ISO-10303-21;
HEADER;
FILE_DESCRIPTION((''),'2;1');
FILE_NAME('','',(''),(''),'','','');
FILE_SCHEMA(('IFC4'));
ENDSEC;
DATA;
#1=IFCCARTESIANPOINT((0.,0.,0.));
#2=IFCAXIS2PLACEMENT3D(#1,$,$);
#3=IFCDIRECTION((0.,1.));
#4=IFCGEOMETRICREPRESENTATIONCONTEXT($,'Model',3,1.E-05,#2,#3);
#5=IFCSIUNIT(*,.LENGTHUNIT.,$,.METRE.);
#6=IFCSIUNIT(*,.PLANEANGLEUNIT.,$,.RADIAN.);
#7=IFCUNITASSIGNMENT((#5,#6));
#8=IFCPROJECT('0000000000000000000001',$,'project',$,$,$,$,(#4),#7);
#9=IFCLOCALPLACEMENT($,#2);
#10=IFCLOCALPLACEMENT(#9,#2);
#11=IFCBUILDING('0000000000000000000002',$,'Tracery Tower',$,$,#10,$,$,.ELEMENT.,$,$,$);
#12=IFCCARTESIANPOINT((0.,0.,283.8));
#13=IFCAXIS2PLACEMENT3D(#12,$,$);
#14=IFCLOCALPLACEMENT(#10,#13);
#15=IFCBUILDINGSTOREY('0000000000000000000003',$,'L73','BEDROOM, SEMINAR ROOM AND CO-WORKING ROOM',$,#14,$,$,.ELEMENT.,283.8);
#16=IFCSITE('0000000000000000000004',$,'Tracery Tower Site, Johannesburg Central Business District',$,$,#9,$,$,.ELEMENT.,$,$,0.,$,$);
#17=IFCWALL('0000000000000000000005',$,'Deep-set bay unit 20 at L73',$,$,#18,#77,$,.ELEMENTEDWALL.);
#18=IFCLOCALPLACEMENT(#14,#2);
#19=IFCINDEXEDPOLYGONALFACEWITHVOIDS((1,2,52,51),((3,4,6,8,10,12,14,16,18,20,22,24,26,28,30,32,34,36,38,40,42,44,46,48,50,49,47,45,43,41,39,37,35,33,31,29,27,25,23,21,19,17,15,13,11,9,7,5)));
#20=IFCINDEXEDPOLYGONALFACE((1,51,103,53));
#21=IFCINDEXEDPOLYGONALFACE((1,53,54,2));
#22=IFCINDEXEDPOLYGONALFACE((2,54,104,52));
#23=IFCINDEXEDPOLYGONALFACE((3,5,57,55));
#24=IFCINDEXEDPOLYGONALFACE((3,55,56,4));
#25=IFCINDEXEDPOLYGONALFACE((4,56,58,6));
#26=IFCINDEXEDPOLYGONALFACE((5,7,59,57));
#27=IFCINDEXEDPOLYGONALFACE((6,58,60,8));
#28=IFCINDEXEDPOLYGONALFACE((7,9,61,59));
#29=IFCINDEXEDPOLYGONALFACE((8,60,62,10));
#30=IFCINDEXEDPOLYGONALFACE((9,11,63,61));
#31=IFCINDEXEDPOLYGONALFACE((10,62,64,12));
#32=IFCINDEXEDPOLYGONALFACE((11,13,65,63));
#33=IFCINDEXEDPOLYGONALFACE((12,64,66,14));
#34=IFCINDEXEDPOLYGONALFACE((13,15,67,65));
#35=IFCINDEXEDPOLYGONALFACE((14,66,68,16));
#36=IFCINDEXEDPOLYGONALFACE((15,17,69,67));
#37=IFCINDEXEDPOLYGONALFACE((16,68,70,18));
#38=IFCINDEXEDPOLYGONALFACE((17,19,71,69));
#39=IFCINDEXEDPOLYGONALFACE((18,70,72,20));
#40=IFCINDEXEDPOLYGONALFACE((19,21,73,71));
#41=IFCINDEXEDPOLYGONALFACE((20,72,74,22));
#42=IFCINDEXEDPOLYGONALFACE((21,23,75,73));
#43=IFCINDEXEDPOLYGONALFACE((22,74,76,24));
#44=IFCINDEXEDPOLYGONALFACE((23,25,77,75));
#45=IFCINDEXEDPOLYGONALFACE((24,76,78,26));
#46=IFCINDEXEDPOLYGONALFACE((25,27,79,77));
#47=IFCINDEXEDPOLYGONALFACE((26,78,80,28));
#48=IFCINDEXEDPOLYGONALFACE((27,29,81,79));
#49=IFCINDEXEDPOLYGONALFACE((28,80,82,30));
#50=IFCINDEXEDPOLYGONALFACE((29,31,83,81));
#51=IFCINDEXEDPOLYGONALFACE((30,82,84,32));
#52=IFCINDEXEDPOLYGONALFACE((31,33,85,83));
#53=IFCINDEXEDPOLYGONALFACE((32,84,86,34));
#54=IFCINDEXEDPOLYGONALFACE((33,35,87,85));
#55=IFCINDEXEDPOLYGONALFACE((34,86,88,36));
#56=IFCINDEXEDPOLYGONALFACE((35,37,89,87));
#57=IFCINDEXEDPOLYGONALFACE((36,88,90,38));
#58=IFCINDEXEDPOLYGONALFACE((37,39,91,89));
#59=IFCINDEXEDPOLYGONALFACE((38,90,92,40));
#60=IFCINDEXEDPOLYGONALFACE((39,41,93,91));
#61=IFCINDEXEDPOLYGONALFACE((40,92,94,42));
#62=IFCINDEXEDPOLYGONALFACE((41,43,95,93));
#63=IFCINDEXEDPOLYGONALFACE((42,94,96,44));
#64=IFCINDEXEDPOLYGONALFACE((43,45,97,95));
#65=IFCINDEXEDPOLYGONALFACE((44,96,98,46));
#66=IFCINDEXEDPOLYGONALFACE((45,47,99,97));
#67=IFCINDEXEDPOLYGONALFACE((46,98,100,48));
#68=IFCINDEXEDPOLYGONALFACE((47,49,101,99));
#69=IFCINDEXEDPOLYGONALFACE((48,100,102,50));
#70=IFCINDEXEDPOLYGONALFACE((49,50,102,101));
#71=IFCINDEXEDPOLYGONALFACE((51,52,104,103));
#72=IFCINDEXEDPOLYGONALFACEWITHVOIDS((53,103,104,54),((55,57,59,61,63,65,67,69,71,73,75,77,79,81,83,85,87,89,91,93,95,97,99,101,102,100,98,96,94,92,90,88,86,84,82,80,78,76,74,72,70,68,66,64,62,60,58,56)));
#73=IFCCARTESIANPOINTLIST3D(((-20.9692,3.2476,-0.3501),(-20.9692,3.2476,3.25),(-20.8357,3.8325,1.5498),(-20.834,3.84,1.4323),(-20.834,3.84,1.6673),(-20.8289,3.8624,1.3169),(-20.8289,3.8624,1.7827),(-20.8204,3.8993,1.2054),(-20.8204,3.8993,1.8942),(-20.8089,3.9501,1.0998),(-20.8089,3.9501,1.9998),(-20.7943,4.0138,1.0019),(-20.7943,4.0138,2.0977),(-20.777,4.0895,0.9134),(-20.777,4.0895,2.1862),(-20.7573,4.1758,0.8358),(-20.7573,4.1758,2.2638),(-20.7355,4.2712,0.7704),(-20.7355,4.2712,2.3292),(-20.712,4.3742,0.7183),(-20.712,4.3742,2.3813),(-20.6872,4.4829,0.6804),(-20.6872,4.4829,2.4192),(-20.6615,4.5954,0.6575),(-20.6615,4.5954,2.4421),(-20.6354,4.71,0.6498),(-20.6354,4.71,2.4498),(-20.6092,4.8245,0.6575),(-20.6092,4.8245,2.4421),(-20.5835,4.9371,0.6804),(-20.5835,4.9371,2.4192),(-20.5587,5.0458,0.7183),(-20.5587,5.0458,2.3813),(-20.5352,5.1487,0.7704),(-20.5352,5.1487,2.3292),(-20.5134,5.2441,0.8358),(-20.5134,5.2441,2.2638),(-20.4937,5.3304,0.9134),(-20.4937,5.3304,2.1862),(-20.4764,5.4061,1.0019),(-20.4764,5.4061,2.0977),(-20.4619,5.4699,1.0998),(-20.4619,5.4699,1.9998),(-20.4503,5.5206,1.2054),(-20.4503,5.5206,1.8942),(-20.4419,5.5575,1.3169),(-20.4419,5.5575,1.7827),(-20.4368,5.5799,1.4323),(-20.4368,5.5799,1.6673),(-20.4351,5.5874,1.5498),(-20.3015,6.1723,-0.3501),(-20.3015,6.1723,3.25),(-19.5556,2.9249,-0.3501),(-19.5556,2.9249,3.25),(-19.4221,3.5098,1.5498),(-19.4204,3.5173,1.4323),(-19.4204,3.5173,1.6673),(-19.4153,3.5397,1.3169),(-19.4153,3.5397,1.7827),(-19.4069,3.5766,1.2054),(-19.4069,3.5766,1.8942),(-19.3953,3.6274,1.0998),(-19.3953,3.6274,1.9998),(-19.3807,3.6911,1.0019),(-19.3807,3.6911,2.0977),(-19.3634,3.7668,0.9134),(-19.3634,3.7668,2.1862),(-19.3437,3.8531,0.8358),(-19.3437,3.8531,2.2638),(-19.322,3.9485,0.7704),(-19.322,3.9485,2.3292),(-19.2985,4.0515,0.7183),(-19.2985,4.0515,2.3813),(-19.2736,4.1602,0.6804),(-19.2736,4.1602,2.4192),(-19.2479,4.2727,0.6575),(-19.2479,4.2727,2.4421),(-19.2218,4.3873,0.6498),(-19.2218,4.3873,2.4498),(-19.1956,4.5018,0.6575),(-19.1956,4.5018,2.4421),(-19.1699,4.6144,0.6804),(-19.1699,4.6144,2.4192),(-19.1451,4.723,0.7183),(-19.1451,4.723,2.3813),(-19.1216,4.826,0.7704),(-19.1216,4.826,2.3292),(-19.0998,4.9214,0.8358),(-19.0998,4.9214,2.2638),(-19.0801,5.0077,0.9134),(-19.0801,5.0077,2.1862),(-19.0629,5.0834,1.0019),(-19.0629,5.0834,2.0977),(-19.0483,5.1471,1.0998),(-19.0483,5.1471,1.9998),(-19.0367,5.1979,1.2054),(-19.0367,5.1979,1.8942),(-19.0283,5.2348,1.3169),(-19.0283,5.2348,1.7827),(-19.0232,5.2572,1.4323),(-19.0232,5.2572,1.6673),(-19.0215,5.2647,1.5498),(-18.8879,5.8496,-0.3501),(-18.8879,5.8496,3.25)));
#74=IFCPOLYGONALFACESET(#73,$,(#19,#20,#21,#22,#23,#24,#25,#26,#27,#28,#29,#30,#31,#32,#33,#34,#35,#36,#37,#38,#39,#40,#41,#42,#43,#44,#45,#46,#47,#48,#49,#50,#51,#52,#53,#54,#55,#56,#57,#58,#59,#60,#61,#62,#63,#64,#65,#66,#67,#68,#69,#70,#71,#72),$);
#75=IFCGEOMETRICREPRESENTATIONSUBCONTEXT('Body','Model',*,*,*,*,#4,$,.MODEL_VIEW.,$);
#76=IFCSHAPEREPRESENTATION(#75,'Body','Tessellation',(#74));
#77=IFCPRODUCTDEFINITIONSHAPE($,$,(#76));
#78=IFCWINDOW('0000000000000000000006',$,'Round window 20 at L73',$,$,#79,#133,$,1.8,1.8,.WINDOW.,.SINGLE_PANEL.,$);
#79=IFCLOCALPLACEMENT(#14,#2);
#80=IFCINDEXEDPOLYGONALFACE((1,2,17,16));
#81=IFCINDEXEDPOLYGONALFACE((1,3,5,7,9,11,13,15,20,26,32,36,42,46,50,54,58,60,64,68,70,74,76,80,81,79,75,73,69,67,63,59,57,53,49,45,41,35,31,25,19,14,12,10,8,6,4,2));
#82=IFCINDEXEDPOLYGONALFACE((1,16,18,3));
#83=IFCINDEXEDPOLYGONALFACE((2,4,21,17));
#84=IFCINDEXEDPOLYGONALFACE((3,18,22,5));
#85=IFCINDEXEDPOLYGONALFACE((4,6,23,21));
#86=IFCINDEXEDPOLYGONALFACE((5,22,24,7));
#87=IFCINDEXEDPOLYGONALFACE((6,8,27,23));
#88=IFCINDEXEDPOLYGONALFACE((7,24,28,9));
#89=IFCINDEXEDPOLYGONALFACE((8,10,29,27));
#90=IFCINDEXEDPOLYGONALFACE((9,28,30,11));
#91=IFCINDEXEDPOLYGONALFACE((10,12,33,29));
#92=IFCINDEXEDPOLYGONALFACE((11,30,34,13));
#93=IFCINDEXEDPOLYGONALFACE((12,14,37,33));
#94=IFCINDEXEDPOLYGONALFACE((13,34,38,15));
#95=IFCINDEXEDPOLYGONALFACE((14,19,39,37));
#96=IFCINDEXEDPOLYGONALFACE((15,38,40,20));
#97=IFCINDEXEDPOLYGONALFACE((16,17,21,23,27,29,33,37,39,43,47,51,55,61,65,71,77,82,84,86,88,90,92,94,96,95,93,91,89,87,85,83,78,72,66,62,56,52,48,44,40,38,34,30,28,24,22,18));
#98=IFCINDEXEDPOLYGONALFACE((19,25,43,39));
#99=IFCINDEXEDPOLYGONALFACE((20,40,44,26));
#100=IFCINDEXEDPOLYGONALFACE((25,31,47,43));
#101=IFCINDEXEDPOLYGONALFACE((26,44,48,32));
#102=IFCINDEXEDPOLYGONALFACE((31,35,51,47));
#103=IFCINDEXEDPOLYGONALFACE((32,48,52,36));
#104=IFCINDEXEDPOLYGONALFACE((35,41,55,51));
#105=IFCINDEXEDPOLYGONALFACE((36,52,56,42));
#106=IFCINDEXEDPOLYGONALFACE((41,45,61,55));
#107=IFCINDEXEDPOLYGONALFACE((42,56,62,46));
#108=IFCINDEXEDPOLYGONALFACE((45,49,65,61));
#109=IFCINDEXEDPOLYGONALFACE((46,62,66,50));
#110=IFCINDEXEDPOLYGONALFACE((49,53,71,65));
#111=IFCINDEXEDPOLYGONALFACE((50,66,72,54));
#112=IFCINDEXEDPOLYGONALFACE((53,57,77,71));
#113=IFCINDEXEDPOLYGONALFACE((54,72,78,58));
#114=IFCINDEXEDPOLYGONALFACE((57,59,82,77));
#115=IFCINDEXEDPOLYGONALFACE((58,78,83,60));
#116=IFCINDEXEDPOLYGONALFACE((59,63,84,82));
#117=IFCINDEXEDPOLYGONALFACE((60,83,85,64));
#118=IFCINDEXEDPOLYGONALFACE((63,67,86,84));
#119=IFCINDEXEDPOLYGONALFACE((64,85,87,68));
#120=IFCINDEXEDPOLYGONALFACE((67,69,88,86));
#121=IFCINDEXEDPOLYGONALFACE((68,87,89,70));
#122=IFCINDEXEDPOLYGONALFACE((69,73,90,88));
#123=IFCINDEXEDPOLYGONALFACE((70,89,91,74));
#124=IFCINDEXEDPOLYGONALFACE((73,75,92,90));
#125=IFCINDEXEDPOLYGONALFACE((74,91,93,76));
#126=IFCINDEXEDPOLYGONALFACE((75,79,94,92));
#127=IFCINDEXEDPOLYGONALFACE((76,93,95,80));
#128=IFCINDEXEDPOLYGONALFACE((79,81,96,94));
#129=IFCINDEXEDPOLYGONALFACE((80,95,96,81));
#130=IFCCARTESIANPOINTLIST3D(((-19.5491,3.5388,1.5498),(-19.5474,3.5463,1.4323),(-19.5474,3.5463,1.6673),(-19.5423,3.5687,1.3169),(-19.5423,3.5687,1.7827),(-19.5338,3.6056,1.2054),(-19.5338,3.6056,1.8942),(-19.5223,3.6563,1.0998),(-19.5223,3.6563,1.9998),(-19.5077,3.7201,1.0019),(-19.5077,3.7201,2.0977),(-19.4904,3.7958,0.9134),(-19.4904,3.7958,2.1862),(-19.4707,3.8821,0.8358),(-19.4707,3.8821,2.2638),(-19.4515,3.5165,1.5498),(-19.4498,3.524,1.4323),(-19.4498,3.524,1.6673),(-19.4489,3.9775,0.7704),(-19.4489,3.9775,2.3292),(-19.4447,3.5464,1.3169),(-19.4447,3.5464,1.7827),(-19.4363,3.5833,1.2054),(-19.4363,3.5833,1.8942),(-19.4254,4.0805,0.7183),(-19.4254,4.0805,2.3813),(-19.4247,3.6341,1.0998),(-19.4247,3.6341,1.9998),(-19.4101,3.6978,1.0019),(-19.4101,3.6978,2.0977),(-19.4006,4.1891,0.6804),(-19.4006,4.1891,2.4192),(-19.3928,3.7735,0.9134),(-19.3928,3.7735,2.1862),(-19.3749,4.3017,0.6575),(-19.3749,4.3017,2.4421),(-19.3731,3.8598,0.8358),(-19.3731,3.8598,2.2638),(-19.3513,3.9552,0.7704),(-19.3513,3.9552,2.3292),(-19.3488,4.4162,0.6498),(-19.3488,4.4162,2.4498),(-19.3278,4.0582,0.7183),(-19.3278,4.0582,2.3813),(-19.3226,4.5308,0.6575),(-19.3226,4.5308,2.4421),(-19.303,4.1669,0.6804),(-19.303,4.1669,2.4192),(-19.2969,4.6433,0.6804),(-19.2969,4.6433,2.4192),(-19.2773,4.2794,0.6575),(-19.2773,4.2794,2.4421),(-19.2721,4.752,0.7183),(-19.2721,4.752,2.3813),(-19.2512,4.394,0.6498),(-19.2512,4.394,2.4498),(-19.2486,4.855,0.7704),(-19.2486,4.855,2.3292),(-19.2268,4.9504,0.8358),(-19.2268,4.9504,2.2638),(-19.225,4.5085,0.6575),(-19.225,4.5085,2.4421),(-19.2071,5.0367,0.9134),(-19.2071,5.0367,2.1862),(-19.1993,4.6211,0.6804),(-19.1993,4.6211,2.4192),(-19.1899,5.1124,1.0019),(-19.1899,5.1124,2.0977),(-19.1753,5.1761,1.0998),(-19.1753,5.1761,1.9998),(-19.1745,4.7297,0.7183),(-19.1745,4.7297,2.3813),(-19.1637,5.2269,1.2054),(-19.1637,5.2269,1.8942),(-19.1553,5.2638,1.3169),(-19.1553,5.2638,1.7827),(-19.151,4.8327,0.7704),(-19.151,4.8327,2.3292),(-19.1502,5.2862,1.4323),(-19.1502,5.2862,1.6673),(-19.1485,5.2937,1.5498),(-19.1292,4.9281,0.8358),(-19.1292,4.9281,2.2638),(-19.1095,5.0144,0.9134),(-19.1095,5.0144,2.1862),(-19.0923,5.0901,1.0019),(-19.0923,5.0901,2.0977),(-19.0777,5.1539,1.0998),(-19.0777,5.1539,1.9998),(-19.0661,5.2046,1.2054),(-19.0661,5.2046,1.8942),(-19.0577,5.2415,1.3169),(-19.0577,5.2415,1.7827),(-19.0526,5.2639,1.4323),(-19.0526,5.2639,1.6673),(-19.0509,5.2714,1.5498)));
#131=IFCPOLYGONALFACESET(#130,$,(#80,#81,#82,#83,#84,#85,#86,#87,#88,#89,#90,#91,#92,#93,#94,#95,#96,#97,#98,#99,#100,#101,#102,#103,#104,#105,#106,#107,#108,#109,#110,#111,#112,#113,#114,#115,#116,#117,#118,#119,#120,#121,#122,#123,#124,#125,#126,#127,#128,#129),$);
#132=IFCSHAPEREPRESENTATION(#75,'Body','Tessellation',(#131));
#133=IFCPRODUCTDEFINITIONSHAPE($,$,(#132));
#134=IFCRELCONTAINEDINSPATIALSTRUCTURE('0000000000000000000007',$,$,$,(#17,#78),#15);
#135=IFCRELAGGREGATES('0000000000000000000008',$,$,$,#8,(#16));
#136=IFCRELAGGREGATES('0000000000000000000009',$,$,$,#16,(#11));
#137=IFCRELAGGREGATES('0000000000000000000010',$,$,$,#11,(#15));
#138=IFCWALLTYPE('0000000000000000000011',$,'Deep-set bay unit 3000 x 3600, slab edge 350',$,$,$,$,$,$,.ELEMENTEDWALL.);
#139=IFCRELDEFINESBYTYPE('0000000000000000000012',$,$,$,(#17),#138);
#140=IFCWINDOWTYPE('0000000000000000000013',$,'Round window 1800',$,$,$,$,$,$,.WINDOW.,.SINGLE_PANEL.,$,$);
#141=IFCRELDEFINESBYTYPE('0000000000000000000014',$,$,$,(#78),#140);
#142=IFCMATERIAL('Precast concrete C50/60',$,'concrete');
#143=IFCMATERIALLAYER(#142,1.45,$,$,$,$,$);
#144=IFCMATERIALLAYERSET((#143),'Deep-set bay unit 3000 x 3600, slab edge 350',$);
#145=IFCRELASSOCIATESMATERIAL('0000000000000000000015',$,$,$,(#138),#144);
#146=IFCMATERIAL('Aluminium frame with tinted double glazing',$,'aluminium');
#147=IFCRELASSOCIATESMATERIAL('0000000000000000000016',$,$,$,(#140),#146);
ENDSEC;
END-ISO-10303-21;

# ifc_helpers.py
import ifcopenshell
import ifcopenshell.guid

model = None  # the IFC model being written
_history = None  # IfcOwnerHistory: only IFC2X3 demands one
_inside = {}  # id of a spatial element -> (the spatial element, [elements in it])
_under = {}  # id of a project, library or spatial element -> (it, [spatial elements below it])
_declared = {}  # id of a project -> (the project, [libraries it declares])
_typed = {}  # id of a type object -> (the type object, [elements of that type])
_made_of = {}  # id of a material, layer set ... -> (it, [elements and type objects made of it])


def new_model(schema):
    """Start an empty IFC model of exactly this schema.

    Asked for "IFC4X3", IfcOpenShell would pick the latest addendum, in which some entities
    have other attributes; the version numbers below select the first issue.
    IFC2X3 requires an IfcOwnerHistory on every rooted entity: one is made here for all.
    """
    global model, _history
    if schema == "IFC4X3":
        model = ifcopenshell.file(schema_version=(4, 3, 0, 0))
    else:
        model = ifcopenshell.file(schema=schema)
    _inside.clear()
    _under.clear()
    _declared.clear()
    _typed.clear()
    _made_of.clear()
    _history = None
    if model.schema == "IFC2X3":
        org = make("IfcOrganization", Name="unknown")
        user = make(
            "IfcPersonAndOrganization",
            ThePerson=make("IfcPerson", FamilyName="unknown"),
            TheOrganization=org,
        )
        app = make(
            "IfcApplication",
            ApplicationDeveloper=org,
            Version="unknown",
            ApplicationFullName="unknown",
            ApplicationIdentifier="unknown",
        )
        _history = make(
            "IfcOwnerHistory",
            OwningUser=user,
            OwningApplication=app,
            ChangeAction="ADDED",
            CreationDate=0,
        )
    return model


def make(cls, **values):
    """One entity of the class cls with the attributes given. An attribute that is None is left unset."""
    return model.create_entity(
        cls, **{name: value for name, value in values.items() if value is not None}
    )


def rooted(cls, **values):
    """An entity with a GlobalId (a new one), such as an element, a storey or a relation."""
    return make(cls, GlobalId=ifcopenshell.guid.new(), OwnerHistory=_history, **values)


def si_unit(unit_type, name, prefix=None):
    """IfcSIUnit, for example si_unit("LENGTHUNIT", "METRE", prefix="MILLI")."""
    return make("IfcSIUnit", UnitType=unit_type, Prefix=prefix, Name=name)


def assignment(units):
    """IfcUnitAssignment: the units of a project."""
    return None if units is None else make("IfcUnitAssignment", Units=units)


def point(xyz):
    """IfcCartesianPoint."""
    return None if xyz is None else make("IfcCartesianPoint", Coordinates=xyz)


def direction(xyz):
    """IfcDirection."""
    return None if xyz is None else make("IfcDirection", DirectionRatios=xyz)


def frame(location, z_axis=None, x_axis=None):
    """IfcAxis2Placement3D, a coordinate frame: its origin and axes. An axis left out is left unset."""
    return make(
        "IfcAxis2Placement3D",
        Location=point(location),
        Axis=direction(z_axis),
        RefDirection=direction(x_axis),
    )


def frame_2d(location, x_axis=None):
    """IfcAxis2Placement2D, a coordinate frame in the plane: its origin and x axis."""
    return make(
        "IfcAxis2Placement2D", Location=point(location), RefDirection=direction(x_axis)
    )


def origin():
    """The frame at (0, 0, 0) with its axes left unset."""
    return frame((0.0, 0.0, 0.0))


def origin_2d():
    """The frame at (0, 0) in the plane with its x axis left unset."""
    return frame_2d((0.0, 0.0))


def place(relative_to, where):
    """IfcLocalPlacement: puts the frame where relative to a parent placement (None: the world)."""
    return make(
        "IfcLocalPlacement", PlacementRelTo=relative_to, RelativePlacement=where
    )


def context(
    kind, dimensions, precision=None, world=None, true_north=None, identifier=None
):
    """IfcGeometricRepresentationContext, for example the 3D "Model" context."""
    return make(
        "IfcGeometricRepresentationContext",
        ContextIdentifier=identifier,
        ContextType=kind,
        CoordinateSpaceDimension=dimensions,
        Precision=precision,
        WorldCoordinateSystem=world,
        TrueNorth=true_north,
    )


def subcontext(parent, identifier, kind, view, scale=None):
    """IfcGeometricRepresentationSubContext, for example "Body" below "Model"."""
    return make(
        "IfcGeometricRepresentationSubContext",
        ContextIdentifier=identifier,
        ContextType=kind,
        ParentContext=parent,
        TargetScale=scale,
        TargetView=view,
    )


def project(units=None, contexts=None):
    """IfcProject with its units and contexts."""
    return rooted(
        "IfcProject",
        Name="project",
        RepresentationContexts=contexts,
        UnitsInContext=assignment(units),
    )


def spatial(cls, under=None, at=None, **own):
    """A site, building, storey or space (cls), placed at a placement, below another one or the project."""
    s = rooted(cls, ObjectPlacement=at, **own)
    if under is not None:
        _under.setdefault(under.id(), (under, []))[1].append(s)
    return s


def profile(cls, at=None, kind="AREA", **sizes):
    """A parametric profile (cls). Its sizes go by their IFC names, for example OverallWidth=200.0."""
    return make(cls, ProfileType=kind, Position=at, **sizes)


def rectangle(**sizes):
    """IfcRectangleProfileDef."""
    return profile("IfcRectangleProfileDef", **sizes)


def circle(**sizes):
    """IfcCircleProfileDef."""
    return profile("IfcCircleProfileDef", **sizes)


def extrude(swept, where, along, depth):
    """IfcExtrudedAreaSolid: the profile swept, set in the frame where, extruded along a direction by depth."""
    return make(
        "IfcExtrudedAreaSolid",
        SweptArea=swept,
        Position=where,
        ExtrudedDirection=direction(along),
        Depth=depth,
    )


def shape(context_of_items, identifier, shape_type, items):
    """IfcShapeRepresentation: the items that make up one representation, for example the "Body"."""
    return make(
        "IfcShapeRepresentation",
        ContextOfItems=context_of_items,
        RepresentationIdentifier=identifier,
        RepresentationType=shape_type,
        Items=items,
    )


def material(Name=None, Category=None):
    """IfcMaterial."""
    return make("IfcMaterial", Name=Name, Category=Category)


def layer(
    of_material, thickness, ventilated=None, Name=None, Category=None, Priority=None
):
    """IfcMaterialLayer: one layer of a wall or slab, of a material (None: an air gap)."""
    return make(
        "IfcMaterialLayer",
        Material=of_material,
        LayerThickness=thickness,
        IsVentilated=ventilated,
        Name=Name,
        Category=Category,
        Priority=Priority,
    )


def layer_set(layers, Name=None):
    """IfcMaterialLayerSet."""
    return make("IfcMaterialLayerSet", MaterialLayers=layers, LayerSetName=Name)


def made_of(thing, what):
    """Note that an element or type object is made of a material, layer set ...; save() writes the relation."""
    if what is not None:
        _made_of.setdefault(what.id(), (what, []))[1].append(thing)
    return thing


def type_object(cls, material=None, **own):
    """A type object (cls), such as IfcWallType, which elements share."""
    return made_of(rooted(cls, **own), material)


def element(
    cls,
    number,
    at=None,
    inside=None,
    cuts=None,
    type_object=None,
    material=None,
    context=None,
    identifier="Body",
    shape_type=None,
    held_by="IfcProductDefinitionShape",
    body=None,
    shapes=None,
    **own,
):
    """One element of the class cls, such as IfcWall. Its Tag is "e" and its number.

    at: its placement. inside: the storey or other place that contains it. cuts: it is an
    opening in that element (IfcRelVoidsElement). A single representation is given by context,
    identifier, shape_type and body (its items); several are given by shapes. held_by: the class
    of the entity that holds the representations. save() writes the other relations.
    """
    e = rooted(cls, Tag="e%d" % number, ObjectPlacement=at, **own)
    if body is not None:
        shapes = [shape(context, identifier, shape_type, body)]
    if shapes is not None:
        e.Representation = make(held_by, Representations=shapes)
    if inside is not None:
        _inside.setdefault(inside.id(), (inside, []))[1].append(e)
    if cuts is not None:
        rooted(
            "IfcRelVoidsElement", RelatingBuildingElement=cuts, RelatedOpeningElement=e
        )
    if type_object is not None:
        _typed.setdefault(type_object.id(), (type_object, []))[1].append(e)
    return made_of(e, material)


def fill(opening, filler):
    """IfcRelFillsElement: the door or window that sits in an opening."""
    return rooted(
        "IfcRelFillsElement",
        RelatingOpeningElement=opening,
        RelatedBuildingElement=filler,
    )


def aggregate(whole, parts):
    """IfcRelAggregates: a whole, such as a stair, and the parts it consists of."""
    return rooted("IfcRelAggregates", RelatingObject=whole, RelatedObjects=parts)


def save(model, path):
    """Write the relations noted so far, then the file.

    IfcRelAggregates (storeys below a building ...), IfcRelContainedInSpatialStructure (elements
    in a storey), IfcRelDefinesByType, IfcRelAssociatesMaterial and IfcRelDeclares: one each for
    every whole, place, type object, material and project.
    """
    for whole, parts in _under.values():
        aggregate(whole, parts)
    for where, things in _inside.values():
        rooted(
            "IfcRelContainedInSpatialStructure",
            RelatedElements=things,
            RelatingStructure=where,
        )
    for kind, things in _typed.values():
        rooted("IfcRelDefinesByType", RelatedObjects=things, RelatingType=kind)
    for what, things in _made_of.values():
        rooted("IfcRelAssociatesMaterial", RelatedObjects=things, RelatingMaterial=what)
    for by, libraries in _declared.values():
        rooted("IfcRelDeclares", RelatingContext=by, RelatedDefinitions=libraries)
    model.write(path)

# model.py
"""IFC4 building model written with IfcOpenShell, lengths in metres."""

from ifc_helpers import new_model, si_unit, direction, frame, frame_2d, origin, origin_2d, place, context, subcontext, project, spatial, rectangle, circle, extrude, material, layer, layer_set, type_object, element, fill, save


model = new_model("IFC4")

# Units and contexts
model_context = context("Model", 3, precision=1e-05, world=origin(), true_north=direction((0.0, 1.0)))
body_context = subcontext(model_context, "Body", "Model", "MODEL_VIEW")
ifc_project = project(units=[si_unit("LENGTHUNIT", "METRE"), si_unit("PLANEANGLEUNIT", "RADIAN")], contexts=[model_context])

# Site, building, storey
site_placement = place(None, origin())
site = spatial("IfcSite", under=ifc_project, at=site_placement, Name="Tracery Tower Site, Johannesburg Central Business District", CompositionType="ELEMENT", RefElevation=0.0)
building_placement = place(site_placement, origin())
building = spatial("IfcBuilding", under=site, at=building_placement, Name="Tracery Tower", CompositionType="ELEMENT")
storey_placement = place(building_placement, frame((0.0, 0.0, 283.8)))
storey = spatial("IfcBuildingStorey", under=building, at=storey_placement, Name="L73", Description="BEDROOM, SEMINAR ROOM AND CO-WORKING ROOM", CompositionType="ELEMENT", Elevation=283.8)

# Wall, opening, window
ifc_material_1 = material(Name="Precast concrete C50/60", Category="concrete")
ifc_layer_1 = layer(ifc_material_1, 1.45)
ifc_layer_set_1 = layer_set([ifc_layer_1], Name="Deep-set bay unit 3000 x 3600, slab edge 350")
wall_type_1 = type_object("IfcWallType", Name="Deep-set bay unit 3000 x 3600, slab edge 350", PredefinedType="ELEMENTEDWALL", material=ifc_layer_set_1)
ifc_material_2 = material(Name="Aluminium frame with tinted double glazing", Category="aluminium")
window_type = type_object("IfcWindowType", Name="Round window 1800", PartitioningType="SINGLE_PANEL", PredefinedType="WINDOW", material=ifc_material_2)
wall_1_placement = place(storey_placement, frame((-19.5947, 6.011, -0.3501), z_axis=(0.0, 0.0, 1.0), x_axis=(-0.222571, -0.974917, 0.0)))
wall_1 = element("IfcWall", 1, at=wall_1_placement, inside=storey, type_object=wall_type_1, Name="Deep-set bay unit 20 at L73", PredefinedType="ELEMENTEDWALL", context=body_context, shape_type="SweptSolid", body=[
    extrude(rectangle(XDim=3.0, YDim=1.45, at=frame_2d((1.5, 0.0))), origin(), (0.0, 0.0, 1.0), 3.6001),
])
opening_1_placement = place(wall_1_placement, frame((1.5, 0.0, 1.8999)))
opening_1 = element("IfcOpeningElement", 2, at=opening_1_placement, cuts=wall_1, PredefinedType="OPENING", context=body_context, shape_type="SweptSolid", body=[
    extrude(circle(Radius=0.9, at=origin_2d()), frame((0.0, 0.7349, 0.0), z_axis=(0.0, -1.0, 0.0), x_axis=(1.0, 0.0, 0.0)), (0.0, 0.0, 1.0), 1.47),
])
window_1_placement = place(opening_1_placement, origin())
window_1 = element("IfcWindow", 3, at=window_1_placement, inside=storey, type_object=window_type, Name="Round window 20 at L73", OverallHeight=1.8, OverallWidth=1.8, PartitioningType="SINGLE_PANEL", PredefinedType="WINDOW", context=body_context, shape_type="SweptSolid", body=[
    extrude(circle(Radius=0.9, at=origin_2d()), frame((0.0, 0.6948, 0.0), z_axis=(0.0, -1.0, 0.0), x_axis=(1.0, 0.0, 0.0)), (0.0, 0.0, 1.0), 0.1001),
])
fill(opening_1, window_1)

save(model, "model.ifc")
